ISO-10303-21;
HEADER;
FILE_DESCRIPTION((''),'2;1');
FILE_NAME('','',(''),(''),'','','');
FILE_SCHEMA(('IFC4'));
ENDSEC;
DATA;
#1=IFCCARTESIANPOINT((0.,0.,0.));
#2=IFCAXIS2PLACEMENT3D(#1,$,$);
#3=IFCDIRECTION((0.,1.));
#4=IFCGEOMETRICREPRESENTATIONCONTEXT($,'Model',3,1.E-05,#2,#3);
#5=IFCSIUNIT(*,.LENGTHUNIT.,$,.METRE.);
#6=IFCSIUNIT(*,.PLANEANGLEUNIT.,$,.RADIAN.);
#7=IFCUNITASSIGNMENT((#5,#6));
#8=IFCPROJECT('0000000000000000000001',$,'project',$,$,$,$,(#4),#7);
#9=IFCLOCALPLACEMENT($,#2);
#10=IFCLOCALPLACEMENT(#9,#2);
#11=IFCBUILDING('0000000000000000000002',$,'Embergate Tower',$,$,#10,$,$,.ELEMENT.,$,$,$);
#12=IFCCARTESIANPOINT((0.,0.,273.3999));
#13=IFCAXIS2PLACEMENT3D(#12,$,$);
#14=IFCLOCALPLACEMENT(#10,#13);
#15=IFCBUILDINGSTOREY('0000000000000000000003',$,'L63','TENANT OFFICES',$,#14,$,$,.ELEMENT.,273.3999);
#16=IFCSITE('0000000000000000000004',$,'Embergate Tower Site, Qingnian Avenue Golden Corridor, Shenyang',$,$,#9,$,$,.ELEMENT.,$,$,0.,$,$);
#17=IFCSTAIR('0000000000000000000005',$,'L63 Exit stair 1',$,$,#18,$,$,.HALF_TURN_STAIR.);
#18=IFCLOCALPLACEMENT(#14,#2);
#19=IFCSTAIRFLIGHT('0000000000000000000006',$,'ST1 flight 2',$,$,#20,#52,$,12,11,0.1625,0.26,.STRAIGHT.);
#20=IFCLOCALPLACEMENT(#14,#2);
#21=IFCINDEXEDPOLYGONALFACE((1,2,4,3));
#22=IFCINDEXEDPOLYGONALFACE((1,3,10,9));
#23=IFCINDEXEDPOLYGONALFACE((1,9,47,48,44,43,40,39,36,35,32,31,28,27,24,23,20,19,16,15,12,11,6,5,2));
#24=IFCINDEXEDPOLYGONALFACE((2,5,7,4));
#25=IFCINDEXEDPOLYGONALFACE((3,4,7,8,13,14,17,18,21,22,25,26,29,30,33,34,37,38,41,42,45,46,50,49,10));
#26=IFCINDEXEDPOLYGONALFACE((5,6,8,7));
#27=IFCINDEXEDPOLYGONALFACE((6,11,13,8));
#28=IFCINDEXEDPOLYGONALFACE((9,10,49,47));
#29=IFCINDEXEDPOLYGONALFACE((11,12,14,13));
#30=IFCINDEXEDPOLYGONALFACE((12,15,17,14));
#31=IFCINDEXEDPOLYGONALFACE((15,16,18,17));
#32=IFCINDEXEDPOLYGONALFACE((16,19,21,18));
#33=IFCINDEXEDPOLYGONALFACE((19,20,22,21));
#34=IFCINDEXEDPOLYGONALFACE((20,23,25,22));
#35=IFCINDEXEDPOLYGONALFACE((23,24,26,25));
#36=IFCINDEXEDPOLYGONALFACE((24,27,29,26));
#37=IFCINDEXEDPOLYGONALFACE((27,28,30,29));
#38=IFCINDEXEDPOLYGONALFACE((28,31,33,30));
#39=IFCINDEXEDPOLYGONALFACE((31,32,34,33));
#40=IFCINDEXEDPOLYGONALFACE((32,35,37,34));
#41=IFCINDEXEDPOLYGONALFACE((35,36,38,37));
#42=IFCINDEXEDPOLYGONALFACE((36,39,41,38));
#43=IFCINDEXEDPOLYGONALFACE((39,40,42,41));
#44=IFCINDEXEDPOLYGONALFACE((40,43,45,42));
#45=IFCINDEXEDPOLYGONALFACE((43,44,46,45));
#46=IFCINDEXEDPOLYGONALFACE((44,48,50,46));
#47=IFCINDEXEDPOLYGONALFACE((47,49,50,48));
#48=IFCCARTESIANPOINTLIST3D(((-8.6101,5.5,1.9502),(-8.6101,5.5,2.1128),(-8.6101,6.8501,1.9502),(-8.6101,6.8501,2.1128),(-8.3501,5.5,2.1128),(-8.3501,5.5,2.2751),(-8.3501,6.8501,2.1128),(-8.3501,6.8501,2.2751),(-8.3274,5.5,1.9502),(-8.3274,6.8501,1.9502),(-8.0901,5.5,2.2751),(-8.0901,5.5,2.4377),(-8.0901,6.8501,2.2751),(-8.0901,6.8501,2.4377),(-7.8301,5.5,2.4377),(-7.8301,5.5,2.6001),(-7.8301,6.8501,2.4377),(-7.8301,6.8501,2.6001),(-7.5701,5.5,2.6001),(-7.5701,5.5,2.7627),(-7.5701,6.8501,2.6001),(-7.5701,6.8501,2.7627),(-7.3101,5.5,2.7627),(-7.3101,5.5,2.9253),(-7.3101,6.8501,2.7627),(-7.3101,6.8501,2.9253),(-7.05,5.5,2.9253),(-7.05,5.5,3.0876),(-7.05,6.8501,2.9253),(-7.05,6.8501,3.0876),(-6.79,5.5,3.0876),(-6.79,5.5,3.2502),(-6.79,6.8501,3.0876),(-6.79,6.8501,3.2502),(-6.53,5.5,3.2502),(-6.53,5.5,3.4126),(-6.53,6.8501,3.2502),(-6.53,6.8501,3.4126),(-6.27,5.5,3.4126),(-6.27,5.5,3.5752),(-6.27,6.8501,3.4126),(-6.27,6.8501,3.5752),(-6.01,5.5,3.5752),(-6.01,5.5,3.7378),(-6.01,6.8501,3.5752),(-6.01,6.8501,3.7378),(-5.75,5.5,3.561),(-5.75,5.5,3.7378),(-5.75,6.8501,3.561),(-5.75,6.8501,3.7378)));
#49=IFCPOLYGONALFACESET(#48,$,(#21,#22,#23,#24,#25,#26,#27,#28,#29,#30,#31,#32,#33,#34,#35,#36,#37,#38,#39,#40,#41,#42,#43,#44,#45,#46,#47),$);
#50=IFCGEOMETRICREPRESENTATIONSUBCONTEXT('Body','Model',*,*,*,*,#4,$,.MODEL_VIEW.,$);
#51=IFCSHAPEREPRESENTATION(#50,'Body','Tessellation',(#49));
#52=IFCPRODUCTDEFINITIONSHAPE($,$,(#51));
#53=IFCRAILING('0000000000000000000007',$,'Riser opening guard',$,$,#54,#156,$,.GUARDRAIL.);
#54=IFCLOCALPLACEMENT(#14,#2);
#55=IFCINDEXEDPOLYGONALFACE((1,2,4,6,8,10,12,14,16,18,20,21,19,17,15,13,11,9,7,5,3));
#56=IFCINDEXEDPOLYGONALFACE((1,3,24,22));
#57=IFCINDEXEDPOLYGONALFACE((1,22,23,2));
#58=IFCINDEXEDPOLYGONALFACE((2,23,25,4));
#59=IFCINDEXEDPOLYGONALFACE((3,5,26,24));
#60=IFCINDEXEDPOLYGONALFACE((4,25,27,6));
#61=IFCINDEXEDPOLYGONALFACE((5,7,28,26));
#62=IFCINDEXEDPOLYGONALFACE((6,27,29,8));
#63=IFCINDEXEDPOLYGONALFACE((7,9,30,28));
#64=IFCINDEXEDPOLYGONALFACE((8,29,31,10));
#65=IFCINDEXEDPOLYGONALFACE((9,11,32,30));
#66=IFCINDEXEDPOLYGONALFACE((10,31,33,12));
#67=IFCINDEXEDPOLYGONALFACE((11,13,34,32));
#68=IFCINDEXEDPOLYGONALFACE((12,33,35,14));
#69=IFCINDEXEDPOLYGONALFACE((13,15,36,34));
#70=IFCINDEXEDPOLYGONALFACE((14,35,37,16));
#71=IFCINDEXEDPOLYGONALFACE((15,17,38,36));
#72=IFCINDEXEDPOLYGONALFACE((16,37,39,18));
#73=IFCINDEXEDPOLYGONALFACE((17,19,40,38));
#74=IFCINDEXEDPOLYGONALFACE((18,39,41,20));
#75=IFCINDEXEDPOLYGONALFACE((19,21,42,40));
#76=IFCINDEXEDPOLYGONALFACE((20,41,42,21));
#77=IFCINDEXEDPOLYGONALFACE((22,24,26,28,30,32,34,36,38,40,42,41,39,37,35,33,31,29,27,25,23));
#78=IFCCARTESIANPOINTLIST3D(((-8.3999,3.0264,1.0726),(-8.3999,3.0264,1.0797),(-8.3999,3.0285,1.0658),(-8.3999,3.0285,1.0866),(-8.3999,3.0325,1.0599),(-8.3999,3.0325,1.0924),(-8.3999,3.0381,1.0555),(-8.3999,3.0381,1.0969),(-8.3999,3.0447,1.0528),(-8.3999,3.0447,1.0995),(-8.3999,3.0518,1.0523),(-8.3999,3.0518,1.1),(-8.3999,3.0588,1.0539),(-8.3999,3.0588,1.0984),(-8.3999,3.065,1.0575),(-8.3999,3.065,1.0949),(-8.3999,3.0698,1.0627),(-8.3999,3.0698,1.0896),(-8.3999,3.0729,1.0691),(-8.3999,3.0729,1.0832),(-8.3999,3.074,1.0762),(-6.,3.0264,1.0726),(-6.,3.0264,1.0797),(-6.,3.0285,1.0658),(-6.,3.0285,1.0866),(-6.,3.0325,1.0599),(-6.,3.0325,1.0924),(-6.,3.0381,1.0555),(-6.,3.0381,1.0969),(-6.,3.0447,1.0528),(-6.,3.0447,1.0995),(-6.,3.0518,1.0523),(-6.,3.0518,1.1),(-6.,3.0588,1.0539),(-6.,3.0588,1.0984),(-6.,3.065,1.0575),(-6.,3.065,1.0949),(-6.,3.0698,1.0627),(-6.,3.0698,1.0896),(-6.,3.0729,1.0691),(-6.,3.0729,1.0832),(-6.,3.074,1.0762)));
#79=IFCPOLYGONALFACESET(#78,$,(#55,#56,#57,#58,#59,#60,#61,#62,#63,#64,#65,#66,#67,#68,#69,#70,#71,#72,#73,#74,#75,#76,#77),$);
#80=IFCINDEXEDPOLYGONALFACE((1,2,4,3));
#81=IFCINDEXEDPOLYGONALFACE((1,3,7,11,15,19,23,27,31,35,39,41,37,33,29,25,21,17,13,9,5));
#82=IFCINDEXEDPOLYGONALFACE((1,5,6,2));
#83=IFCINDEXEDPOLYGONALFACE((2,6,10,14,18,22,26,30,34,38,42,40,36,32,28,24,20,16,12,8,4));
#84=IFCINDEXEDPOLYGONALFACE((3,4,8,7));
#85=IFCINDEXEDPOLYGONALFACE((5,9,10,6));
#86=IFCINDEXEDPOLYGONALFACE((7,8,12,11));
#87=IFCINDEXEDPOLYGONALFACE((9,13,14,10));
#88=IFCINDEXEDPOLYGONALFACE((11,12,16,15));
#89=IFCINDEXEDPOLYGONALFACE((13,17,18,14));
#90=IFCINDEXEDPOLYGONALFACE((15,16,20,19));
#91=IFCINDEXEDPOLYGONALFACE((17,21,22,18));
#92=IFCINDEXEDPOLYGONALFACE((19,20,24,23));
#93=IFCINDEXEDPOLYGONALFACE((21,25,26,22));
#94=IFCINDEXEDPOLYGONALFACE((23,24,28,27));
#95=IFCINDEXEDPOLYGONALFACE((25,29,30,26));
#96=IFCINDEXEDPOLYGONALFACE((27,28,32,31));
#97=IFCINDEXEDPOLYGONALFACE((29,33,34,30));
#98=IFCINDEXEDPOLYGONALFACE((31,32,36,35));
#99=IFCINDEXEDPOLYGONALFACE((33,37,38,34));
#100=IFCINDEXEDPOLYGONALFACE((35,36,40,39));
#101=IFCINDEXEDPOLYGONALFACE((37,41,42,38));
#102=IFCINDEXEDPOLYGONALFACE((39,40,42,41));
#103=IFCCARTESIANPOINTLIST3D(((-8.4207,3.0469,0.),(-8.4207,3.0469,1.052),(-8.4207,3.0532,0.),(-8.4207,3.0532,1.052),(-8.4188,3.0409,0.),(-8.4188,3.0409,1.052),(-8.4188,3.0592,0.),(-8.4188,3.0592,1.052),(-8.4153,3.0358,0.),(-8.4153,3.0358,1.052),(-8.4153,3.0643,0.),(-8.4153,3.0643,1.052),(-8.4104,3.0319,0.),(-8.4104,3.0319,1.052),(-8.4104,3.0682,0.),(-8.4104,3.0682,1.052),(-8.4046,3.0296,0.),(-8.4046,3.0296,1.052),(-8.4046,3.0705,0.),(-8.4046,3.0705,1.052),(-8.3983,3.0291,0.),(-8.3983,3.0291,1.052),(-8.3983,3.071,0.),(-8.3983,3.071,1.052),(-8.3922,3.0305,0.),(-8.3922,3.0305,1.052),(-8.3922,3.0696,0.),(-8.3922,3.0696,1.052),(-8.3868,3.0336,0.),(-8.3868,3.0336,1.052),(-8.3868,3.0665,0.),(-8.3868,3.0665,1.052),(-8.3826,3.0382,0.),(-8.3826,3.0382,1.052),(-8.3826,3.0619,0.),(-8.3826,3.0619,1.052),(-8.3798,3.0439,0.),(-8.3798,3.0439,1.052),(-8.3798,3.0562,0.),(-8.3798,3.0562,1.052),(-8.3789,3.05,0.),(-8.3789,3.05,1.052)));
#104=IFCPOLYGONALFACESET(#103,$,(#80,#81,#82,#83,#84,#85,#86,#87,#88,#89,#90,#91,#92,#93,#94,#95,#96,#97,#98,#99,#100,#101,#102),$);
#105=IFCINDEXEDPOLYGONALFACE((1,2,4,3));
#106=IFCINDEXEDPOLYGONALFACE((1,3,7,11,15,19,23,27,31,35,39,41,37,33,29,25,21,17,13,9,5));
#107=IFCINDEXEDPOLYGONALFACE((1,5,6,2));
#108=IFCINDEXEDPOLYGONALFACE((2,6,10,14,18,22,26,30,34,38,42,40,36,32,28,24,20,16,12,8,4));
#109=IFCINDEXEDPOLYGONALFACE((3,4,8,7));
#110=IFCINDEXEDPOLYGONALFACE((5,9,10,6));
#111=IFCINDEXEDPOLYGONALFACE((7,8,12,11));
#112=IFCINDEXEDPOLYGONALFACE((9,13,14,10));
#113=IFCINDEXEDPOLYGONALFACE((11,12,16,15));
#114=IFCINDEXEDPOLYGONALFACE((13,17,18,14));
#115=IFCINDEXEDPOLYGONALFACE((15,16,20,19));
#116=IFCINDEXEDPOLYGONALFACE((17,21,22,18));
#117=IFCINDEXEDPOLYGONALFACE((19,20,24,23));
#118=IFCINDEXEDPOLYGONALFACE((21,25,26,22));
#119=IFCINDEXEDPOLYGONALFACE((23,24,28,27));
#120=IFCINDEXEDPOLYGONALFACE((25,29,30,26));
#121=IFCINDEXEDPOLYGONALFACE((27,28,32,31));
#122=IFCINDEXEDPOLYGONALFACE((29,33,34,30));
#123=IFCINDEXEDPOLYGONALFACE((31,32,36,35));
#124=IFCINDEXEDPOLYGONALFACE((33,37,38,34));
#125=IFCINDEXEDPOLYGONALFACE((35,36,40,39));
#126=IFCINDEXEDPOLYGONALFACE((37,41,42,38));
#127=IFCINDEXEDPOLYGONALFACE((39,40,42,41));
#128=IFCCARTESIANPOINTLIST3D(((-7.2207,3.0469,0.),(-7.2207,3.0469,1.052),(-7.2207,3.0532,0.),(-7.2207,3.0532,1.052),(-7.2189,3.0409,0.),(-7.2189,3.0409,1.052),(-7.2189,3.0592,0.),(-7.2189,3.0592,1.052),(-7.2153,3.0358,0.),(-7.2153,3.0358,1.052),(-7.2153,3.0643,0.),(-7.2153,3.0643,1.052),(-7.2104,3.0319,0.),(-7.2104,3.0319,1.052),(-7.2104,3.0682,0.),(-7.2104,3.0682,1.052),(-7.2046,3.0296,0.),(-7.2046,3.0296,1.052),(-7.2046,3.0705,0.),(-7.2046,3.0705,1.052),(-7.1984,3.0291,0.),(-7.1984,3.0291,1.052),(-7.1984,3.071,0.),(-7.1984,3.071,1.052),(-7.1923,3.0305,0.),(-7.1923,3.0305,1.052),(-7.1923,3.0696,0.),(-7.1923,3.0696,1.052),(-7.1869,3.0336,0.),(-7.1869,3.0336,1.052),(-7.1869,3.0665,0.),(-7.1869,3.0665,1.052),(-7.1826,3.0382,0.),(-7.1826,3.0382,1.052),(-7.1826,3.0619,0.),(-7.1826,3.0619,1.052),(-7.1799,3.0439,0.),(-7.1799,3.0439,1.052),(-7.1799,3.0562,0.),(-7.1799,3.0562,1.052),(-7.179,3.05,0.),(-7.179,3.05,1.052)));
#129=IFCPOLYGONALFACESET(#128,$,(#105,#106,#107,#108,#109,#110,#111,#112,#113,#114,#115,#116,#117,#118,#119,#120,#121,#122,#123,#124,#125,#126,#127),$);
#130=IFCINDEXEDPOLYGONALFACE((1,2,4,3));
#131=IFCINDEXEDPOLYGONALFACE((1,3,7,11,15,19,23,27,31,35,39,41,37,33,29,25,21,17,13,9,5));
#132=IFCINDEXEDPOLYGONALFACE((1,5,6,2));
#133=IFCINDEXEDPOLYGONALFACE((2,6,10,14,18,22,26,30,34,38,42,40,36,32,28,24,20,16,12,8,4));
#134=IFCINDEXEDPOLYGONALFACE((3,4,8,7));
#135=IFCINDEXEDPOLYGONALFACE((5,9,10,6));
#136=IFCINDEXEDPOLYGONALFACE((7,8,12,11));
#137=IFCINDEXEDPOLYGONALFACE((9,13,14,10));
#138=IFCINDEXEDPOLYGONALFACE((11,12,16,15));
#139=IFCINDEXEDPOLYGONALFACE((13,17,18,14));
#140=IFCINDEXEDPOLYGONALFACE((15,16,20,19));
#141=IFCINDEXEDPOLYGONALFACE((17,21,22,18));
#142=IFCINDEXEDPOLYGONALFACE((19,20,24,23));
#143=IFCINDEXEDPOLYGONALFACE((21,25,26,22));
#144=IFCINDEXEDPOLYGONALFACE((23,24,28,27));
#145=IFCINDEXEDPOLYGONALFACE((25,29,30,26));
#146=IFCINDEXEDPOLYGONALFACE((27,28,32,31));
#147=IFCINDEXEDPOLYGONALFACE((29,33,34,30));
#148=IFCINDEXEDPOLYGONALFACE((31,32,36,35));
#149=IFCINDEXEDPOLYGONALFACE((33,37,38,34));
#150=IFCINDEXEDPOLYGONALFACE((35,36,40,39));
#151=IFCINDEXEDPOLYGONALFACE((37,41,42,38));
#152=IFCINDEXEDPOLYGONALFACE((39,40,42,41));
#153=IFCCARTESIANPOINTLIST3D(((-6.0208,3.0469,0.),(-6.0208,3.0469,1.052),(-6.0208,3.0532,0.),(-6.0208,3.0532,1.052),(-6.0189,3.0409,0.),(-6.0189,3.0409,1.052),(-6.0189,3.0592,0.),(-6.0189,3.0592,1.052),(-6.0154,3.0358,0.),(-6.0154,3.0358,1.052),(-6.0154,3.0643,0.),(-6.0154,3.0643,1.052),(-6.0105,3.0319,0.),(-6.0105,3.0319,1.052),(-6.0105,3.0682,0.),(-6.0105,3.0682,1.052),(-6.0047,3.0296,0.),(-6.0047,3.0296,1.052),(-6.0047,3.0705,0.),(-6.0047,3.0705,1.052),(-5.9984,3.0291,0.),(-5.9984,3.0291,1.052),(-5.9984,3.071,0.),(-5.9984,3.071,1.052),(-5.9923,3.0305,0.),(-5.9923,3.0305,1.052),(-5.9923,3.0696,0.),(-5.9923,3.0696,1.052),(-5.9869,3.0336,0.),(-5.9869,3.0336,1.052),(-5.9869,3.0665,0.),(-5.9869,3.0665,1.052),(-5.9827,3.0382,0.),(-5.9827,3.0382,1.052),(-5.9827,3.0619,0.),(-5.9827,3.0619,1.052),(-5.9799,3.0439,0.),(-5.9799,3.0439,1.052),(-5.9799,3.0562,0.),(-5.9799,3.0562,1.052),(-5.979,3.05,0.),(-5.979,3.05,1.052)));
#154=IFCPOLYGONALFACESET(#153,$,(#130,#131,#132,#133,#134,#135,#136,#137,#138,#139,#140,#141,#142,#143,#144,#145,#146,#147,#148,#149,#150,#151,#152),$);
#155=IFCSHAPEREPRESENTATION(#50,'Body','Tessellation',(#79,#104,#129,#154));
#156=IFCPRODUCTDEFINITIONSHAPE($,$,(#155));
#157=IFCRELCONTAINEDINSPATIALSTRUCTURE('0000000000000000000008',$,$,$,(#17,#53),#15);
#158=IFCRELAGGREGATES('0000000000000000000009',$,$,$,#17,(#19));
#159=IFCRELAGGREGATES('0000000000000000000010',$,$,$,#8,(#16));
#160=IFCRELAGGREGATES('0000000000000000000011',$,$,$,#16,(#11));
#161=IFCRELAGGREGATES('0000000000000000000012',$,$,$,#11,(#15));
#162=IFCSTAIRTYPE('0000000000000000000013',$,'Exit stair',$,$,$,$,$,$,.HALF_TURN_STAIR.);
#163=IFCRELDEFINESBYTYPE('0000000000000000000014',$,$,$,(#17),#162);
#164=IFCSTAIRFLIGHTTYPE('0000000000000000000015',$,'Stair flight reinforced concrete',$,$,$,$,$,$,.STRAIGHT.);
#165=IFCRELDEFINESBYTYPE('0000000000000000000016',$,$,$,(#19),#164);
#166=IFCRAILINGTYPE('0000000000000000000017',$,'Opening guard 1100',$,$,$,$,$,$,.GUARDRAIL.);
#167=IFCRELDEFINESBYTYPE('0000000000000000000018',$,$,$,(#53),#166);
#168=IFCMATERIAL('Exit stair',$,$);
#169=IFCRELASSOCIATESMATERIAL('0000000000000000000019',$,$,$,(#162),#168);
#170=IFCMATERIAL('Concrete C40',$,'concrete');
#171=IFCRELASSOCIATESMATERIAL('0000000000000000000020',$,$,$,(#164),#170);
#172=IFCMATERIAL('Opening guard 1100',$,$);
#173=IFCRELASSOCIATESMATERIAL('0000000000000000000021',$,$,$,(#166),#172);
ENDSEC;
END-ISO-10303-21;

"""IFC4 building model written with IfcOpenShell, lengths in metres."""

from ifc_helpers import new_model, si_unit, direction, frame, origin, origin_2d, place, context, subcontext, project, spatial, polyline, circle, outline, extrude, source, transform, mapped, material, type_object, element, aggregate, save


model = new_model("IFC4")

# Units and contexts
model_context = context("Model", 3, precision=1e-05, world=origin(), true_north=direction((0.0, 1.0)))
body_context = subcontext(model_context, "Body", "Model", "MODEL_VIEW")
ifc_project = project(units=[si_unit("LENGTHUNIT", "METRE"), si_unit("PLANEANGLEUNIT", "RADIAN")], contexts=[model_context])

# Site, building, storey
site_placement = place(None, origin())
site = spatial("IfcSite", under=ifc_project, at=site_placement, Name="Embergate Tower Site, Qingnian Avenue Golden Corridor, Shenyang", CompositionType="ELEMENT", RefElevation=0.0)
building_placement = place(site_placement, origin())
building = spatial("IfcBuilding", under=site, at=building_placement, Name="Embergate Tower", CompositionType="ELEMENT")
storey_placement = place(building_placement, frame((0.0, 0.0, 273.3999)))
storey = spatial("IfcBuildingStorey", under=building, at=storey_placement, Name="L63", Description="TENANT OFFICES", CompositionType="ELEMENT", Elevation=273.3999)

# Stair
ifc_material_1 = material(Name="Exit stair")
stair_type = type_object("IfcStairType", Name="Exit stair", PredefinedType="HALF_TURN_STAIR", material=ifc_material_1)
stair_placement = place(storey_placement, origin())
stair = element("IfcStair", 1, at=stair_placement, inside=storey, type_object=stair_type, Name="L63 Exit stair 1", PredefinedType="HALF_TURN_STAIR")
ifc_material_2 = material(Name="Concrete C40", Category="concrete")

# Stair flight
stair_flight_type = type_object("IfcStairFlightType", Name="Stair flight reinforced concrete", PredefinedType="STRAIGHT", material=ifc_material_2)
shared_shape_1 = source(origin(), body_context, "Body", "SweptSolid", [
    extrude(outline(polyline([(0.0, 0.0), (0.0, 0.1626), (0.26, 0.1626), (0.26, 0.325), (0.52, 0.325), (0.52, 0.4875), (0.78, 0.4875), (0.78, 0.6499), (1.04, 0.6499), (1.04, 0.8125), (1.3, 0.8125), (1.3, 0.9751), (1.5601, 0.9751), (1.5601, 1.1375), (1.8201, 1.1375), (1.8201, 1.3), (2.0801, 1.3), (2.0801, 1.4624), (2.3401, 1.4624), (2.3401, 1.625), (2.6001, 1.625), (2.6001, 1.7876), (2.8601, 1.7876), (2.8601, 1.95), (2.8601, 1.6108), (0.2827, 0.0), (0.0, 0.0)])), frame((0.0, 0.675, 0.0), z_axis=(0.0, -1.0, 0.0), x_axis=(1.0, 0.0, 0.0)), (0.0, 0.0, 1.0), 1.3501),
])
stair_flight_placement = place(storey_placement, frame((-8.6101, 6.175, 1.9502), z_axis=(0.0, 0.0, 1.0), x_axis=(1.0, 0.0, 0.0)))
stair_flight = element("IfcStairFlight", 2, at=stair_flight_placement, type_object=stair_flight_type, Name="ST1 flight 2", NumberOfRisers=12, NumberOfTreads=11, PredefinedType="STRAIGHT", RiserHeight=0.1625, TreadLength=0.26, context=body_context, shape_type="MappedRepresentation", body=[
    mapped(shared_shape_1, transform((0.0, 0.0, 0.0))),
])
aggregate(stair, [stair_flight])

# Railing
ifc_material_3 = material(Name="Opening guard 1100")
railing_type = type_object("IfcRailingType", Name="Opening guard 1100", PredefinedType="GUARDRAIL", material=ifc_material_3)
shared_shape_2 = source(origin(), body_context, "Body", "SweptSolid", [
    extrude(circle(Radius=0.0239, at=origin_2d()), frame((0.0, 0.0, 1.0762), z_axis=(1.0, 0.0, 0.0), x_axis=(0.0, 1.0, 0.0)), (0.0, 0.0, 1.0), 2.3999),
    extrude(circle(Radius=0.021, at=origin_2d()), origin(), (0.0, 0.0, 1.0), 1.052),
    extrude(circle(Radius=0.021, at=origin_2d()), frame((1.2, 0.0, 0.0)), (0.0, 0.0, 1.0), 1.052),
    extrude(circle(Radius=0.021, at=origin_2d()), frame((2.3999, 0.0, 0.0)), (0.0, 0.0, 1.0), 1.052),
])
railing_1_placement = place(storey_placement, frame((-8.3999, 3.05, 0.0)))
element("IfcRailing", 3, at=railing_1_placement, inside=storey, type_object=railing_type, Name="Riser opening guard", PredefinedType="GUARDRAIL", context=body_context, shape_type="MappedRepresentation", body=[
    mapped(shared_shape_2, transform((0.0, 0.0, 0.0))),
])

save(model, "model.ifc")
